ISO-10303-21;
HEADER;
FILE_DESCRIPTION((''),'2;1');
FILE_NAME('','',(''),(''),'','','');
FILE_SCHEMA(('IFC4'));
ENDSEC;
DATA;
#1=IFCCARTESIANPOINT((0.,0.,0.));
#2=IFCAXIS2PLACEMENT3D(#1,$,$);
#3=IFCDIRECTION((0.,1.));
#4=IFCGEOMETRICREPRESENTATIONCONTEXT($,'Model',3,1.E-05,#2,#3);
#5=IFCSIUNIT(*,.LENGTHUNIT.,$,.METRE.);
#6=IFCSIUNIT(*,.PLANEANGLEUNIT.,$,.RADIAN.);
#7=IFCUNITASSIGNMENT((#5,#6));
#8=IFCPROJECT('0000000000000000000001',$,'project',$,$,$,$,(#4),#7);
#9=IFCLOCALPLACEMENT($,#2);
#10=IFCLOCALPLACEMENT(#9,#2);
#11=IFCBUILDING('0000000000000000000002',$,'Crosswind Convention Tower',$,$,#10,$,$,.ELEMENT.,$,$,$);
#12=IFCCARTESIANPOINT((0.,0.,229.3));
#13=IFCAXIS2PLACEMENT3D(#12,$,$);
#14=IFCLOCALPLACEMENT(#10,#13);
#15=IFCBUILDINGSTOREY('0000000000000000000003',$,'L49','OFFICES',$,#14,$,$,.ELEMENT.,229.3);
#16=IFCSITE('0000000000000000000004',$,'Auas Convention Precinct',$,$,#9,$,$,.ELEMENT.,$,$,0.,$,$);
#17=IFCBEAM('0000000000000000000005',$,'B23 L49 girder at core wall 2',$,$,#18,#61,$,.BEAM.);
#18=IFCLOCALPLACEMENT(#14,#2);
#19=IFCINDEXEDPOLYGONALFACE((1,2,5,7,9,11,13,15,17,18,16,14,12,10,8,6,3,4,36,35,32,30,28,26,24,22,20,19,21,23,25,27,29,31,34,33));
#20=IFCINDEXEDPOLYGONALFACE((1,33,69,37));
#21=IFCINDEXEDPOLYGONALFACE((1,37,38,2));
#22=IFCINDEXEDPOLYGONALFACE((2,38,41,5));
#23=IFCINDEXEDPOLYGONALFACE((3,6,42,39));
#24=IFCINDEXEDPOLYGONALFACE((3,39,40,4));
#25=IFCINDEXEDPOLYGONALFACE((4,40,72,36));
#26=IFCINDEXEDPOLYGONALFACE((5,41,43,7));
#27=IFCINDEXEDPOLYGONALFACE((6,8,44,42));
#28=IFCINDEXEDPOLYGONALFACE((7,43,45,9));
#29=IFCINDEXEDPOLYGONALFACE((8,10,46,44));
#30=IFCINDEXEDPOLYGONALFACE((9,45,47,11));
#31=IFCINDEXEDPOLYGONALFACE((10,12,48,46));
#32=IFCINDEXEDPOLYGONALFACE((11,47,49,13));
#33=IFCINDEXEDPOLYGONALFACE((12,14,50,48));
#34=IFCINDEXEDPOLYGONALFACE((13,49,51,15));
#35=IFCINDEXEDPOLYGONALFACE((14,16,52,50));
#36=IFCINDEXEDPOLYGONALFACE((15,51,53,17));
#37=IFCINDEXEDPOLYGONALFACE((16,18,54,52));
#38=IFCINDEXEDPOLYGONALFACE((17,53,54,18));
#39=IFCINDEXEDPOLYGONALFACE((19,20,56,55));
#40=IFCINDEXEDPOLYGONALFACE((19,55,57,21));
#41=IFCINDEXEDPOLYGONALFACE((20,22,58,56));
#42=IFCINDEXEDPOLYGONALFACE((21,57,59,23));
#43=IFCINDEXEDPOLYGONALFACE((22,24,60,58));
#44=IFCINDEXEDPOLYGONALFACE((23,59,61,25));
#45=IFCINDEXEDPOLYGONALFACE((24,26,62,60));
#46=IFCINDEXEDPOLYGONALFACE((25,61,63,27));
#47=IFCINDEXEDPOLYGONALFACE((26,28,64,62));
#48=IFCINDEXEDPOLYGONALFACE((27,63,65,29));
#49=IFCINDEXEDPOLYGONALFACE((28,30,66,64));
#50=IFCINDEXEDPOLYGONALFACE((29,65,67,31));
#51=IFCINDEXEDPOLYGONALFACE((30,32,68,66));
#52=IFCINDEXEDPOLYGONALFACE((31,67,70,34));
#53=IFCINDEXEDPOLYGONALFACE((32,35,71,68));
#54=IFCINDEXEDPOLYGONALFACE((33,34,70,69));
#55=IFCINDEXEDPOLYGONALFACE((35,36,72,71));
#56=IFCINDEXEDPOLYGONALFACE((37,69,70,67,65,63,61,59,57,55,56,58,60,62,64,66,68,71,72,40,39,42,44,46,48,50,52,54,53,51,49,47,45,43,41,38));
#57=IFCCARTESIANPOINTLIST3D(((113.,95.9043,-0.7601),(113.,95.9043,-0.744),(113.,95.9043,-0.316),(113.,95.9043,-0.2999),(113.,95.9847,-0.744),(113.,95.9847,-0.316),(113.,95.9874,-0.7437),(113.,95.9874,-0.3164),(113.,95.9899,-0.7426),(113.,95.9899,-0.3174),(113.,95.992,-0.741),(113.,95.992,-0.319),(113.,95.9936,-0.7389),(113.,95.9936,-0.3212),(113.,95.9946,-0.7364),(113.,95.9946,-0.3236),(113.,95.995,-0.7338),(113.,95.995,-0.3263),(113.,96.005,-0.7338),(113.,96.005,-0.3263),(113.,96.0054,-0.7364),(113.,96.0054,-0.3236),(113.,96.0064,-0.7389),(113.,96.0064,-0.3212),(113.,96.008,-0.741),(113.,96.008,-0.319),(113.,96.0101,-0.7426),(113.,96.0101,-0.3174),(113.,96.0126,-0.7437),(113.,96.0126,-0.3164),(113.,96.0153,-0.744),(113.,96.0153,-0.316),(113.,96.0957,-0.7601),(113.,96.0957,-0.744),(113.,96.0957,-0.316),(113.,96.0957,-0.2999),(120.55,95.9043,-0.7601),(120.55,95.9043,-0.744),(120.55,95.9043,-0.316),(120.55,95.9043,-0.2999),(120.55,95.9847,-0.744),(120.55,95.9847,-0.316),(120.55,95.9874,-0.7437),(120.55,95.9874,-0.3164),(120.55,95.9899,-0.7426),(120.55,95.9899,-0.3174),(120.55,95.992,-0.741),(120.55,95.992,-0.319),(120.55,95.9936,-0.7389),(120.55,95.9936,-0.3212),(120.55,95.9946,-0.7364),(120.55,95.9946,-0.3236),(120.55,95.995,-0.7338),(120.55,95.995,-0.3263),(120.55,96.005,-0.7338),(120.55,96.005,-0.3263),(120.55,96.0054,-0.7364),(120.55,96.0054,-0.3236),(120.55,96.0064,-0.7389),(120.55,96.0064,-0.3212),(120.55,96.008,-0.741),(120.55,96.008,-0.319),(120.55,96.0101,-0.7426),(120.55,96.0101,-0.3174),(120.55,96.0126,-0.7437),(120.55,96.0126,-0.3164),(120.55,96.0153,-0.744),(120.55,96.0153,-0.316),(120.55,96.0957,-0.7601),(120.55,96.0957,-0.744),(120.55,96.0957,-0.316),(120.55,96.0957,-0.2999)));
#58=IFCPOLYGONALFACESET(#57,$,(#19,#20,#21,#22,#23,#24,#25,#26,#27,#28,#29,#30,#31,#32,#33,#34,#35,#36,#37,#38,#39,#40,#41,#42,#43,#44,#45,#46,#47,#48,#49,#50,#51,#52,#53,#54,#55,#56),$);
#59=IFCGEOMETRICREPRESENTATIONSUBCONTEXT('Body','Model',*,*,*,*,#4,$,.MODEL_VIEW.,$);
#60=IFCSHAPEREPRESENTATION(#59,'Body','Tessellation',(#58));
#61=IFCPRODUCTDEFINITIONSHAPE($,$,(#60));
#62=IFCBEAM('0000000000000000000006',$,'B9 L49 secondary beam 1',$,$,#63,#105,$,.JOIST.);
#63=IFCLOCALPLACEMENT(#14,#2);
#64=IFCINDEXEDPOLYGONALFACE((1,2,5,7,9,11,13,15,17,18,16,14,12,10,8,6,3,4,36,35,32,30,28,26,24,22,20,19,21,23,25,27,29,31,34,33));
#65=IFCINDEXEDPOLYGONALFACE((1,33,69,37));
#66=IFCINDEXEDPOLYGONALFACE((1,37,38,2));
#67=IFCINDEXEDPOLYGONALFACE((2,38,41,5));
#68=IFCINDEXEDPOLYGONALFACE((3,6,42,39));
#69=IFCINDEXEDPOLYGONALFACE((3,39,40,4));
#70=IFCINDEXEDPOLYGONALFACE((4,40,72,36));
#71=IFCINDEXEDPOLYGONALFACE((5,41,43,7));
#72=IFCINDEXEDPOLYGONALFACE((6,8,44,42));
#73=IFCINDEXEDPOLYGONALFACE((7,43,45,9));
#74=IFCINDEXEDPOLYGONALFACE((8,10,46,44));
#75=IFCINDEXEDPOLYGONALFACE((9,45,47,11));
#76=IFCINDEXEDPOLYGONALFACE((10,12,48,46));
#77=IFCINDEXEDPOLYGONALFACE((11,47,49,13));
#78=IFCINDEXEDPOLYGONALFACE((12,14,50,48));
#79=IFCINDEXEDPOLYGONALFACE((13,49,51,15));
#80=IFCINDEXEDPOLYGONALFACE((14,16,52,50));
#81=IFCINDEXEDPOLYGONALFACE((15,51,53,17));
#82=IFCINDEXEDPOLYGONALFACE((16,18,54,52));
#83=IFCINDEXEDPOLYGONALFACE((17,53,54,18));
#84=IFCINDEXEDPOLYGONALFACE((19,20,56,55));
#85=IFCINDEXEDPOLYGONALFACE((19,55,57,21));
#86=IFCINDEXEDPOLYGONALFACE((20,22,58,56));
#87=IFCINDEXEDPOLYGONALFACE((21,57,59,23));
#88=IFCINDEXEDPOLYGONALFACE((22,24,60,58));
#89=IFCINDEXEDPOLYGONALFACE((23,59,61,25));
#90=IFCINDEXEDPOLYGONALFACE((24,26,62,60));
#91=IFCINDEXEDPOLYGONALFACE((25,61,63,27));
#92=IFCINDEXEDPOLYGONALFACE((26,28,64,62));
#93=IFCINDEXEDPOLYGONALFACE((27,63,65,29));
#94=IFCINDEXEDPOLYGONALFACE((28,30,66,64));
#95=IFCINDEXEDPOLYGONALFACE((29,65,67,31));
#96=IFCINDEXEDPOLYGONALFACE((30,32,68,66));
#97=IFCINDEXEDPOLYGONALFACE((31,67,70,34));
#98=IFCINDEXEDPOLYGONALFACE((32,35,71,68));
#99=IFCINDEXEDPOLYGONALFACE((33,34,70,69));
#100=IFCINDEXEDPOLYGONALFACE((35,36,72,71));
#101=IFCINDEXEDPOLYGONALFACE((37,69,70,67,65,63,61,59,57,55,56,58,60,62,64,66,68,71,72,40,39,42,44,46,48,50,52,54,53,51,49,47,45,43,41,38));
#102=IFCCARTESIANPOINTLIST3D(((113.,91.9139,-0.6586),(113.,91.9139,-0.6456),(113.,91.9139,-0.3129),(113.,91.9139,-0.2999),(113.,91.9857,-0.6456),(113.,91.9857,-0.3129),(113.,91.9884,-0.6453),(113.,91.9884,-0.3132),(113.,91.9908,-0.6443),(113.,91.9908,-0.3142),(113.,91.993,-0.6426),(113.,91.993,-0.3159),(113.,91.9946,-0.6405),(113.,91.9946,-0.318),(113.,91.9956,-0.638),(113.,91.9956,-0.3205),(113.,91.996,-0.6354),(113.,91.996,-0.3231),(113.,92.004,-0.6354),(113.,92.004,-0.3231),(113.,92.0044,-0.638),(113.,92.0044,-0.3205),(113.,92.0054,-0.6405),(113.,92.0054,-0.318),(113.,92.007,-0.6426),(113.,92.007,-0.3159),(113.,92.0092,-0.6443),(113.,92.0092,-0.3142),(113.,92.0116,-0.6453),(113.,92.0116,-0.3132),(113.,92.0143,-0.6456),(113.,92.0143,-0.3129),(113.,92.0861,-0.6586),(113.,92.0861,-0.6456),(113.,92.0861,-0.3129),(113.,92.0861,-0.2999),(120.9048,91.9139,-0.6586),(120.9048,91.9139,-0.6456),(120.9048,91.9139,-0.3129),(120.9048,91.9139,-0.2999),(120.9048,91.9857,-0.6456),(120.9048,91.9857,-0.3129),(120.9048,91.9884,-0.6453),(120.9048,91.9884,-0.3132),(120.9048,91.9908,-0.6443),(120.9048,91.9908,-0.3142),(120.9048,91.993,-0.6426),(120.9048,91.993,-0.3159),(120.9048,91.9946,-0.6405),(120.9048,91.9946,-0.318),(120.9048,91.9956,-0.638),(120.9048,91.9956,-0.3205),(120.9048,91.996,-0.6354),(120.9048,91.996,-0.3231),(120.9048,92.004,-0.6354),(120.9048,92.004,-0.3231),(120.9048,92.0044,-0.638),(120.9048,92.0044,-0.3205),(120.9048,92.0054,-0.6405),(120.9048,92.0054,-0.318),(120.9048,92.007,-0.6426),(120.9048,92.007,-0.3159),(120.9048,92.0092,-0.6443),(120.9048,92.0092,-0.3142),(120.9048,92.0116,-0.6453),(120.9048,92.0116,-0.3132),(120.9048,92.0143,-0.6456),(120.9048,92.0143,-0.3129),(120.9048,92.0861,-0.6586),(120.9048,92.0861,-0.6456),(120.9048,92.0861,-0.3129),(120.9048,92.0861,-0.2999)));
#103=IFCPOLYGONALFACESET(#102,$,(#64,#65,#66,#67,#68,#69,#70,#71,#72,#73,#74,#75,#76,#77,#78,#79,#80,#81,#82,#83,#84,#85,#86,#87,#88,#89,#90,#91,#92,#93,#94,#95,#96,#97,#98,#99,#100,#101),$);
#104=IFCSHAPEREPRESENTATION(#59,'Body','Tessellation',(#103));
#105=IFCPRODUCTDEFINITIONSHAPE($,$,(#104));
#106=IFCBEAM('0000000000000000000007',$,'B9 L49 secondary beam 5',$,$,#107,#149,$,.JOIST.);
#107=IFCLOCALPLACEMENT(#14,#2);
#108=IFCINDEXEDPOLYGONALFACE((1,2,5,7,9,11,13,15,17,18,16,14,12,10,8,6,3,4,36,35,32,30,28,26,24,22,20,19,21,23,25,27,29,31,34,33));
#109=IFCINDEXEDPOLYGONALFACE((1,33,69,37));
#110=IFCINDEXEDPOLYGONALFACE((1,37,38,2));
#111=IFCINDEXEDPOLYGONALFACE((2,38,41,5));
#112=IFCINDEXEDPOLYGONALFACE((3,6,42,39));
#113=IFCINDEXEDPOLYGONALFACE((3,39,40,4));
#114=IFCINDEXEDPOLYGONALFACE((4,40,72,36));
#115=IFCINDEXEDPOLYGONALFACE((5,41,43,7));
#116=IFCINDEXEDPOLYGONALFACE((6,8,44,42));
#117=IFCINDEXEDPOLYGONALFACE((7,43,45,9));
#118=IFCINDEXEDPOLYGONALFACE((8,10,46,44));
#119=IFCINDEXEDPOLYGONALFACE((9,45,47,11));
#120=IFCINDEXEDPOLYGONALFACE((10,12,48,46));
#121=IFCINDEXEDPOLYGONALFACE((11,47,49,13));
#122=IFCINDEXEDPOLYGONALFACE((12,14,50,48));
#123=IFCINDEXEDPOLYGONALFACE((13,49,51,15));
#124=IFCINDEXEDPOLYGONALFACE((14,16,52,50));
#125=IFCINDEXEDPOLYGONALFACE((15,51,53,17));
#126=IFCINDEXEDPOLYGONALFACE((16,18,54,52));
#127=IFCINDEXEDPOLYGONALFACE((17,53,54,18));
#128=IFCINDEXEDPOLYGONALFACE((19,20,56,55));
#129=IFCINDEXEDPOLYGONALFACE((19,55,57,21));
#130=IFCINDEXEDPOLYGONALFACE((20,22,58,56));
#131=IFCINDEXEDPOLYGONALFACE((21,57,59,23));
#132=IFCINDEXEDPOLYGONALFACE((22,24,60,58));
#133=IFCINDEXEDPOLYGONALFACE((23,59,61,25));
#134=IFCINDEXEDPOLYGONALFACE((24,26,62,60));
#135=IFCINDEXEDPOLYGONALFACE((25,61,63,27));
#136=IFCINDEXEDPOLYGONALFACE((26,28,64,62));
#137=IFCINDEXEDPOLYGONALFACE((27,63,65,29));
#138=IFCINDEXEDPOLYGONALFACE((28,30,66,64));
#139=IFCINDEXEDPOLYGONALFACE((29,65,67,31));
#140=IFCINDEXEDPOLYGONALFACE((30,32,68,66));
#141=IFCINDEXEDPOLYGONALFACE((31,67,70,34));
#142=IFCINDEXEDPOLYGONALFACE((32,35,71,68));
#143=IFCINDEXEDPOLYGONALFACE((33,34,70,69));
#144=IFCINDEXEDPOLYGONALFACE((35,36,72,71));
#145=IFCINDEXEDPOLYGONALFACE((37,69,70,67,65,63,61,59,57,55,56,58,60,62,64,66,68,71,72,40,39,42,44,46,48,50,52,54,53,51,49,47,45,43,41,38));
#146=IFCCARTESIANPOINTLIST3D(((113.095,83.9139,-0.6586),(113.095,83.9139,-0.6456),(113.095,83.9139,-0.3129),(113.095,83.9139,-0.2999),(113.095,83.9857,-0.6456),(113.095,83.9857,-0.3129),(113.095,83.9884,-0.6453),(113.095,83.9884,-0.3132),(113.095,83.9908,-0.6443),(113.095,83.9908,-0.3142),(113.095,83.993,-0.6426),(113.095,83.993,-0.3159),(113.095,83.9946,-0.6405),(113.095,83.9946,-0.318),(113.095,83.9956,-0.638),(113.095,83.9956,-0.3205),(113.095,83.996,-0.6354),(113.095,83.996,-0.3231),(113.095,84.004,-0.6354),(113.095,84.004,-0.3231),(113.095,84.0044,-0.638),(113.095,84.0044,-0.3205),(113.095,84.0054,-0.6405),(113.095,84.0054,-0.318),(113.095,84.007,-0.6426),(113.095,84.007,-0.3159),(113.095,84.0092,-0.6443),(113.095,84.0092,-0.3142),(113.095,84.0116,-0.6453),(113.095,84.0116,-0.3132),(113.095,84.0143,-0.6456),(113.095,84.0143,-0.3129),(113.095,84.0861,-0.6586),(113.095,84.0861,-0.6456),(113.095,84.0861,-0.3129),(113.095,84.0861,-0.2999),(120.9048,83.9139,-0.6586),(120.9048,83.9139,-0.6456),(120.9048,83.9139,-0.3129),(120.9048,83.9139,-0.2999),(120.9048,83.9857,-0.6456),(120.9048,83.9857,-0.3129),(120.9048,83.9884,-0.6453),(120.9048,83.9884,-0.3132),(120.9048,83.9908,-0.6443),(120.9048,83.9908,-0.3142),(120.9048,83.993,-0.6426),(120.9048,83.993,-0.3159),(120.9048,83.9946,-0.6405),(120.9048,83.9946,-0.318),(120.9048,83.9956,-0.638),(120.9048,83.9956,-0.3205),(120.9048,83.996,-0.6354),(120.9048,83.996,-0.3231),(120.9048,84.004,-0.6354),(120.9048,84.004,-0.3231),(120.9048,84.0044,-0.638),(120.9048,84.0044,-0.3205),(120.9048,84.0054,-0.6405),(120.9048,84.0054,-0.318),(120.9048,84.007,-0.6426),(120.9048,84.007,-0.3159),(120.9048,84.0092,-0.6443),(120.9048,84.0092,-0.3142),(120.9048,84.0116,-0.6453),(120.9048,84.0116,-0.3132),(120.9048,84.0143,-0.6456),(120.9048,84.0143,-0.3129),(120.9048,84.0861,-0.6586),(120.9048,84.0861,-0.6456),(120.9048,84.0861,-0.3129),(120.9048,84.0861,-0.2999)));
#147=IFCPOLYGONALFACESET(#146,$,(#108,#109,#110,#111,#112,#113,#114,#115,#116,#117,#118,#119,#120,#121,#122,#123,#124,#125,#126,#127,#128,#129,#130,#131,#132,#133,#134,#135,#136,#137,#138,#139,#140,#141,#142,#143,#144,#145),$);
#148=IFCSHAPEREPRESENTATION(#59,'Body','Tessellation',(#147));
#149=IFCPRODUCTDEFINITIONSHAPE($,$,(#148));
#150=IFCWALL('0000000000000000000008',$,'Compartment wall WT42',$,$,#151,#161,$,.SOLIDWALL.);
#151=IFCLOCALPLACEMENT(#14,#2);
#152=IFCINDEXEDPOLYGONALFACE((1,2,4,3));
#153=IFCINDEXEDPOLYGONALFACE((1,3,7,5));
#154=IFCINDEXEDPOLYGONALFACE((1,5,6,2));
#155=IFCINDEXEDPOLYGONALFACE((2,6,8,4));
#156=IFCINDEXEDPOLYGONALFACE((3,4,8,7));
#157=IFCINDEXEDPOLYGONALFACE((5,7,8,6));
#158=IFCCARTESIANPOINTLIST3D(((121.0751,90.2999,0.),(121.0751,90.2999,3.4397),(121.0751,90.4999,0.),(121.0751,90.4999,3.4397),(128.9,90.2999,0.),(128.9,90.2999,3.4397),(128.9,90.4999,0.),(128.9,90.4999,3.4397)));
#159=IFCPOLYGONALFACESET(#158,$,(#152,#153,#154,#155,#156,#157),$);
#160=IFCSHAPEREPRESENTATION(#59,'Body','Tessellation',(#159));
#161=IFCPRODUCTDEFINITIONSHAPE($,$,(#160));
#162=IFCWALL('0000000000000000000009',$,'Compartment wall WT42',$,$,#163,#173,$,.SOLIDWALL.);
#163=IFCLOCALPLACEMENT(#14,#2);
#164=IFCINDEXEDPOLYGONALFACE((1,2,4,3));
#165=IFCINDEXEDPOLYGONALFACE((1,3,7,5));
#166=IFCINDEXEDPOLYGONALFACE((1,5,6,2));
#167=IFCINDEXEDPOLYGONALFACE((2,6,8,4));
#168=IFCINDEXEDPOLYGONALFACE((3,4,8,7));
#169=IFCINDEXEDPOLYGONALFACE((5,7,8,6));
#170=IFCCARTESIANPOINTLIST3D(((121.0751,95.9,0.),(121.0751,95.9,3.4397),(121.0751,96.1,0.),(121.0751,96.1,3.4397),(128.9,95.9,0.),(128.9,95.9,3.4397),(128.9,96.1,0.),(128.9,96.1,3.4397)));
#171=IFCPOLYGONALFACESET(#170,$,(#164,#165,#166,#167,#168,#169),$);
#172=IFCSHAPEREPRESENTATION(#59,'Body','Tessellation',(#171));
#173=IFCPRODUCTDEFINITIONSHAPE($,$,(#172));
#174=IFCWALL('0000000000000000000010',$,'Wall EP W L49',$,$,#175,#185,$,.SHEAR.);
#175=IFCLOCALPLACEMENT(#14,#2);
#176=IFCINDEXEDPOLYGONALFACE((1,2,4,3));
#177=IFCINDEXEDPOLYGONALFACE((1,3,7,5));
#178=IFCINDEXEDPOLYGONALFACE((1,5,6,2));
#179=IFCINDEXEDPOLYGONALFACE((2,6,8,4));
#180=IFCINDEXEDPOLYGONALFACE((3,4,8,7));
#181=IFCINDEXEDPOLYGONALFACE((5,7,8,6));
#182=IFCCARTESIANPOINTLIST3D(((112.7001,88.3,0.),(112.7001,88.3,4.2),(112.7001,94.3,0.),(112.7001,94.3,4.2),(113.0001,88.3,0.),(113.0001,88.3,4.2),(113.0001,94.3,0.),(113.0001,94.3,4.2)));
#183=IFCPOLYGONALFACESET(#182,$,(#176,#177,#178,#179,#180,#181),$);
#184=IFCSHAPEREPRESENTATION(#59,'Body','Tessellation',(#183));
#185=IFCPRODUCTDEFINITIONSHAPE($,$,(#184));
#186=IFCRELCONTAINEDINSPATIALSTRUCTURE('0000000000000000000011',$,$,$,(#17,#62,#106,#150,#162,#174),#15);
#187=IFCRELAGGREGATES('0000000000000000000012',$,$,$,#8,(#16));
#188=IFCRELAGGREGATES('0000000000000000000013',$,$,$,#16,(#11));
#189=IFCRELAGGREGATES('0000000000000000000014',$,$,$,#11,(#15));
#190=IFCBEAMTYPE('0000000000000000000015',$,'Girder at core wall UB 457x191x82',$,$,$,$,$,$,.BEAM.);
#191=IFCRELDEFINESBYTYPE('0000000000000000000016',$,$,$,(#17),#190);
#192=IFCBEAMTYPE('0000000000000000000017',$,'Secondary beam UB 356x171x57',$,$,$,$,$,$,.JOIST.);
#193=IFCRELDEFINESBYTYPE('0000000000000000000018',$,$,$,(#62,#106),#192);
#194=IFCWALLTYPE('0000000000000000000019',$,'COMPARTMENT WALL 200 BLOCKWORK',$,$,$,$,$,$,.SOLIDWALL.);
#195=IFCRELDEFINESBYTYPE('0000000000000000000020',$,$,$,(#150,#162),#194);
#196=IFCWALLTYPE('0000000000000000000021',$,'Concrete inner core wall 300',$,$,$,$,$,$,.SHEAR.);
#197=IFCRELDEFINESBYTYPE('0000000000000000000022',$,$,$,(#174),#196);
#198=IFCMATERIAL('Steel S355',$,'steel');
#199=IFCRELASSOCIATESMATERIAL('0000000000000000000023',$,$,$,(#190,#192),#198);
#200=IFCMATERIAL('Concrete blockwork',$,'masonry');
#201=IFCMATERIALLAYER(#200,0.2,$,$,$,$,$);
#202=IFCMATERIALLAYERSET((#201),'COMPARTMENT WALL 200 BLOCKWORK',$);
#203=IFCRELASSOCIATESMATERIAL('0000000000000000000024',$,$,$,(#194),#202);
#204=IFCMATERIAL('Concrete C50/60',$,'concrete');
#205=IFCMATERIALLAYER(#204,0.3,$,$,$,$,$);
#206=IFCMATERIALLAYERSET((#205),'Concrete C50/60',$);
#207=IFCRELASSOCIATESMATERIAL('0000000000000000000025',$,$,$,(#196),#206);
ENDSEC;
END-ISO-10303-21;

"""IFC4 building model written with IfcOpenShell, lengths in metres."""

from ifc_helpers import new_model, si_unit, direction, frame, frame_2d, origin, origin_2d, place, context, subcontext, project, spatial, rectangle, i_section, extrude, material, layer, layer_set, material_profile, profile_set, type_object, element, save


model = new_model("IFC4")

# Units and contexts
model_context = context("Model", 3, precision=1e-05, world=origin(), true_north=direction((0.0, 1.0)))
body_context = subcontext(model_context, "Body", "Model", "MODEL_VIEW")
ifc_project = project(units=[si_unit("LENGTHUNIT", "METRE"), si_unit("PLANEANGLEUNIT", "RADIAN")], contexts=[model_context])

# Site, building, storey
site_placement = place(None, origin())
site = spatial("IfcSite", under=ifc_project, at=site_placement, Name="Auas Convention Precinct", CompositionType="ELEMENT", RefElevation=0.0)
building_placement = place(site_placement, origin())
building = spatial("IfcBuilding", under=site, at=building_placement, Name="Crosswind Convention Tower", CompositionType="ELEMENT")
storey_placement = place(building_placement, frame((0.0, 0.0, 229.3)))
storey = spatial("IfcBuildingStorey", under=building, at=storey_placement, Name="L49", Description="OFFICES", CompositionType="ELEMENT", Elevation=229.3)

# Beams
ifc_material_1 = material(Name="Steel S355", Category="steel")
ifc_material_profile_1 = material_profile(ifc_material_1, i_section(OverallWidth=0.1914, OverallDepth=0.4602, WebThickness=0.01, FlangeThickness=0.0161, FilletRadius=0.0103, at=origin_2d()), Name="UB 457x191x82")
ifc_profile_set_1 = profile_set([ifc_material_profile_1], Name="Steel S355")
beam_type_1 = type_object("IfcBeamType", Name="Girder at core wall UB 457x191x82", PredefinedType="BEAM", material=ifc_profile_set_1)
for number, where, z_axis, x_axis, name in (
    (1, (113.0, 96.0, -0.53), (1.0, 0.0, 0.0), (0.0, 1.0, 0.0), "B23 L49 girder at core wall 2"),
):
    element("IfcBeam", number, at=place(storey_placement, frame(where, z_axis=z_axis, x_axis=x_axis)), inside=storey, type_object=beam_type_1, Name=name, PredefinedType="BEAM", context=body_context, shape_type="SweptSolid", body=[
        extrude(i_section(OverallWidth=0.1914, OverallDepth=0.4602, WebThickness=0.01, FlangeThickness=0.0161, FilletRadius=0.0103, at=origin_2d()), origin(), (0.0, 0.0, 1.0), 7.55),
    ])
ifc_material_profile_2 = material_profile(ifc_material_1, i_section(OverallWidth=0.1721, OverallDepth=0.3586, WebThickness=0.0081, FlangeThickness=0.0129, FilletRadius=0.0103, at=origin_2d()), Name="UB 356x171x57")
ifc_profile_set_2 = profile_set([ifc_material_profile_2], Name="Steel S355")
beam_type_2 = type_object("IfcBeamType", Name="Secondary beam UB 356x171x57", PredefinedType="JOIST", material=ifc_profile_set_2)
beam_1_placement = place(storey_placement, frame((113.0, 92.0, -0.4792), z_axis=(1.0, 0.0, 0.0), x_axis=(0.0, 1.0, 0.0)))
element("IfcBeam", 2, at=beam_1_placement, inside=storey, type_object=beam_type_2, Name="B9 L49 secondary beam 1", PredefinedType="JOIST", context=body_context, shape_type="SweptSolid", body=[
    extrude(i_section(OverallWidth=0.1721, OverallDepth=0.3586, WebThickness=0.0081, FlangeThickness=0.0129, FilletRadius=0.0103, at=origin_2d()), origin(), (0.0, 0.0, 1.0), 7.9048),
])
beam_2_placement = place(storey_placement, frame((113.095, 84.0, -0.4792), z_axis=(1.0, 0.0, 0.0), x_axis=(0.0, 1.0, 0.0)))
element("IfcBeam", 3, at=beam_2_placement, inside=storey, type_object=beam_type_2, Name="B9 L49 secondary beam 5", PredefinedType="JOIST", context=body_context, shape_type="SweptSolid", body=[
    extrude(i_section(OverallWidth=0.1721, OverallDepth=0.3586, WebThickness=0.0081, FlangeThickness=0.0129, FilletRadius=0.0103, at=origin_2d()), origin(), (0.0, 0.0, 1.0), 7.8098),
])

# Walls
ifc_material_2 = material(Name="Concrete blockwork", Category="masonry")
ifc_layer_1 = layer(ifc_material_2, 0.2)
ifc_layer_set_1 = layer_set([ifc_layer_1], Name="COMPARTMENT WALL 200 BLOCKWORK")
wall_type_1 = type_object("IfcWallType", Name="COMPARTMENT WALL 200 BLOCKWORK", PredefinedType="SOLIDWALL", material=ifc_layer_set_1)
for number, where, z_axis, x_axis, name in (
    (4, (121.075, 90.3999, 0.0), (0.0, 0.0, 1.0), (1.0, 0.0, 0.0), "Compartment wall WT42"),
    (5, (121.075, 96.0, 0.0), (0.0, 0.0, 1.0), (1.0, 0.0, 0.0), "Compartment wall WT42"),
):
    element("IfcWall", number, at=place(storey_placement, frame(where, z_axis=z_axis, x_axis=x_axis)), inside=storey, type_object=wall_type_1, Name=name, PredefinedType="SOLIDWALL", context=body_context, shape_type="SweptSolid", body=[
        extrude(rectangle(XDim=7.825, YDim=0.2, at=frame_2d((3.9126, 0.0))), origin(), (0.0, 0.0, 1.0), 3.4397),
    ])
ifc_material_3 = material(Name="Concrete C50/60", Category="concrete")
ifc_layer_2 = layer(ifc_material_3, 0.3)
ifc_layer_set_2 = layer_set([ifc_layer_2], Name="Concrete C50/60")
wall_type_2 = type_object("IfcWallType", Name="Concrete inner core wall 300", PredefinedType="SHEAR", material=ifc_layer_set_2)
wall_1_placement = place(storey_placement, frame((112.8501, 94.3, 0.0), z_axis=(0.0, 0.0, 1.0), x_axis=(0.0, -1.0, 0.0)))
element("IfcWall", 6, at=wall_1_placement, inside=storey, type_object=wall_type_2, Name="Wall EP W L49", PredefinedType="SHEAR", context=body_context, shape_type="SweptSolid", body=[
    extrude(rectangle(XDim=6.0, YDim=0.3, at=frame_2d((3.0, 0.0))), origin(), (0.0, 0.0, 1.0), 4.2),
])

save(model, "model.ifc")
